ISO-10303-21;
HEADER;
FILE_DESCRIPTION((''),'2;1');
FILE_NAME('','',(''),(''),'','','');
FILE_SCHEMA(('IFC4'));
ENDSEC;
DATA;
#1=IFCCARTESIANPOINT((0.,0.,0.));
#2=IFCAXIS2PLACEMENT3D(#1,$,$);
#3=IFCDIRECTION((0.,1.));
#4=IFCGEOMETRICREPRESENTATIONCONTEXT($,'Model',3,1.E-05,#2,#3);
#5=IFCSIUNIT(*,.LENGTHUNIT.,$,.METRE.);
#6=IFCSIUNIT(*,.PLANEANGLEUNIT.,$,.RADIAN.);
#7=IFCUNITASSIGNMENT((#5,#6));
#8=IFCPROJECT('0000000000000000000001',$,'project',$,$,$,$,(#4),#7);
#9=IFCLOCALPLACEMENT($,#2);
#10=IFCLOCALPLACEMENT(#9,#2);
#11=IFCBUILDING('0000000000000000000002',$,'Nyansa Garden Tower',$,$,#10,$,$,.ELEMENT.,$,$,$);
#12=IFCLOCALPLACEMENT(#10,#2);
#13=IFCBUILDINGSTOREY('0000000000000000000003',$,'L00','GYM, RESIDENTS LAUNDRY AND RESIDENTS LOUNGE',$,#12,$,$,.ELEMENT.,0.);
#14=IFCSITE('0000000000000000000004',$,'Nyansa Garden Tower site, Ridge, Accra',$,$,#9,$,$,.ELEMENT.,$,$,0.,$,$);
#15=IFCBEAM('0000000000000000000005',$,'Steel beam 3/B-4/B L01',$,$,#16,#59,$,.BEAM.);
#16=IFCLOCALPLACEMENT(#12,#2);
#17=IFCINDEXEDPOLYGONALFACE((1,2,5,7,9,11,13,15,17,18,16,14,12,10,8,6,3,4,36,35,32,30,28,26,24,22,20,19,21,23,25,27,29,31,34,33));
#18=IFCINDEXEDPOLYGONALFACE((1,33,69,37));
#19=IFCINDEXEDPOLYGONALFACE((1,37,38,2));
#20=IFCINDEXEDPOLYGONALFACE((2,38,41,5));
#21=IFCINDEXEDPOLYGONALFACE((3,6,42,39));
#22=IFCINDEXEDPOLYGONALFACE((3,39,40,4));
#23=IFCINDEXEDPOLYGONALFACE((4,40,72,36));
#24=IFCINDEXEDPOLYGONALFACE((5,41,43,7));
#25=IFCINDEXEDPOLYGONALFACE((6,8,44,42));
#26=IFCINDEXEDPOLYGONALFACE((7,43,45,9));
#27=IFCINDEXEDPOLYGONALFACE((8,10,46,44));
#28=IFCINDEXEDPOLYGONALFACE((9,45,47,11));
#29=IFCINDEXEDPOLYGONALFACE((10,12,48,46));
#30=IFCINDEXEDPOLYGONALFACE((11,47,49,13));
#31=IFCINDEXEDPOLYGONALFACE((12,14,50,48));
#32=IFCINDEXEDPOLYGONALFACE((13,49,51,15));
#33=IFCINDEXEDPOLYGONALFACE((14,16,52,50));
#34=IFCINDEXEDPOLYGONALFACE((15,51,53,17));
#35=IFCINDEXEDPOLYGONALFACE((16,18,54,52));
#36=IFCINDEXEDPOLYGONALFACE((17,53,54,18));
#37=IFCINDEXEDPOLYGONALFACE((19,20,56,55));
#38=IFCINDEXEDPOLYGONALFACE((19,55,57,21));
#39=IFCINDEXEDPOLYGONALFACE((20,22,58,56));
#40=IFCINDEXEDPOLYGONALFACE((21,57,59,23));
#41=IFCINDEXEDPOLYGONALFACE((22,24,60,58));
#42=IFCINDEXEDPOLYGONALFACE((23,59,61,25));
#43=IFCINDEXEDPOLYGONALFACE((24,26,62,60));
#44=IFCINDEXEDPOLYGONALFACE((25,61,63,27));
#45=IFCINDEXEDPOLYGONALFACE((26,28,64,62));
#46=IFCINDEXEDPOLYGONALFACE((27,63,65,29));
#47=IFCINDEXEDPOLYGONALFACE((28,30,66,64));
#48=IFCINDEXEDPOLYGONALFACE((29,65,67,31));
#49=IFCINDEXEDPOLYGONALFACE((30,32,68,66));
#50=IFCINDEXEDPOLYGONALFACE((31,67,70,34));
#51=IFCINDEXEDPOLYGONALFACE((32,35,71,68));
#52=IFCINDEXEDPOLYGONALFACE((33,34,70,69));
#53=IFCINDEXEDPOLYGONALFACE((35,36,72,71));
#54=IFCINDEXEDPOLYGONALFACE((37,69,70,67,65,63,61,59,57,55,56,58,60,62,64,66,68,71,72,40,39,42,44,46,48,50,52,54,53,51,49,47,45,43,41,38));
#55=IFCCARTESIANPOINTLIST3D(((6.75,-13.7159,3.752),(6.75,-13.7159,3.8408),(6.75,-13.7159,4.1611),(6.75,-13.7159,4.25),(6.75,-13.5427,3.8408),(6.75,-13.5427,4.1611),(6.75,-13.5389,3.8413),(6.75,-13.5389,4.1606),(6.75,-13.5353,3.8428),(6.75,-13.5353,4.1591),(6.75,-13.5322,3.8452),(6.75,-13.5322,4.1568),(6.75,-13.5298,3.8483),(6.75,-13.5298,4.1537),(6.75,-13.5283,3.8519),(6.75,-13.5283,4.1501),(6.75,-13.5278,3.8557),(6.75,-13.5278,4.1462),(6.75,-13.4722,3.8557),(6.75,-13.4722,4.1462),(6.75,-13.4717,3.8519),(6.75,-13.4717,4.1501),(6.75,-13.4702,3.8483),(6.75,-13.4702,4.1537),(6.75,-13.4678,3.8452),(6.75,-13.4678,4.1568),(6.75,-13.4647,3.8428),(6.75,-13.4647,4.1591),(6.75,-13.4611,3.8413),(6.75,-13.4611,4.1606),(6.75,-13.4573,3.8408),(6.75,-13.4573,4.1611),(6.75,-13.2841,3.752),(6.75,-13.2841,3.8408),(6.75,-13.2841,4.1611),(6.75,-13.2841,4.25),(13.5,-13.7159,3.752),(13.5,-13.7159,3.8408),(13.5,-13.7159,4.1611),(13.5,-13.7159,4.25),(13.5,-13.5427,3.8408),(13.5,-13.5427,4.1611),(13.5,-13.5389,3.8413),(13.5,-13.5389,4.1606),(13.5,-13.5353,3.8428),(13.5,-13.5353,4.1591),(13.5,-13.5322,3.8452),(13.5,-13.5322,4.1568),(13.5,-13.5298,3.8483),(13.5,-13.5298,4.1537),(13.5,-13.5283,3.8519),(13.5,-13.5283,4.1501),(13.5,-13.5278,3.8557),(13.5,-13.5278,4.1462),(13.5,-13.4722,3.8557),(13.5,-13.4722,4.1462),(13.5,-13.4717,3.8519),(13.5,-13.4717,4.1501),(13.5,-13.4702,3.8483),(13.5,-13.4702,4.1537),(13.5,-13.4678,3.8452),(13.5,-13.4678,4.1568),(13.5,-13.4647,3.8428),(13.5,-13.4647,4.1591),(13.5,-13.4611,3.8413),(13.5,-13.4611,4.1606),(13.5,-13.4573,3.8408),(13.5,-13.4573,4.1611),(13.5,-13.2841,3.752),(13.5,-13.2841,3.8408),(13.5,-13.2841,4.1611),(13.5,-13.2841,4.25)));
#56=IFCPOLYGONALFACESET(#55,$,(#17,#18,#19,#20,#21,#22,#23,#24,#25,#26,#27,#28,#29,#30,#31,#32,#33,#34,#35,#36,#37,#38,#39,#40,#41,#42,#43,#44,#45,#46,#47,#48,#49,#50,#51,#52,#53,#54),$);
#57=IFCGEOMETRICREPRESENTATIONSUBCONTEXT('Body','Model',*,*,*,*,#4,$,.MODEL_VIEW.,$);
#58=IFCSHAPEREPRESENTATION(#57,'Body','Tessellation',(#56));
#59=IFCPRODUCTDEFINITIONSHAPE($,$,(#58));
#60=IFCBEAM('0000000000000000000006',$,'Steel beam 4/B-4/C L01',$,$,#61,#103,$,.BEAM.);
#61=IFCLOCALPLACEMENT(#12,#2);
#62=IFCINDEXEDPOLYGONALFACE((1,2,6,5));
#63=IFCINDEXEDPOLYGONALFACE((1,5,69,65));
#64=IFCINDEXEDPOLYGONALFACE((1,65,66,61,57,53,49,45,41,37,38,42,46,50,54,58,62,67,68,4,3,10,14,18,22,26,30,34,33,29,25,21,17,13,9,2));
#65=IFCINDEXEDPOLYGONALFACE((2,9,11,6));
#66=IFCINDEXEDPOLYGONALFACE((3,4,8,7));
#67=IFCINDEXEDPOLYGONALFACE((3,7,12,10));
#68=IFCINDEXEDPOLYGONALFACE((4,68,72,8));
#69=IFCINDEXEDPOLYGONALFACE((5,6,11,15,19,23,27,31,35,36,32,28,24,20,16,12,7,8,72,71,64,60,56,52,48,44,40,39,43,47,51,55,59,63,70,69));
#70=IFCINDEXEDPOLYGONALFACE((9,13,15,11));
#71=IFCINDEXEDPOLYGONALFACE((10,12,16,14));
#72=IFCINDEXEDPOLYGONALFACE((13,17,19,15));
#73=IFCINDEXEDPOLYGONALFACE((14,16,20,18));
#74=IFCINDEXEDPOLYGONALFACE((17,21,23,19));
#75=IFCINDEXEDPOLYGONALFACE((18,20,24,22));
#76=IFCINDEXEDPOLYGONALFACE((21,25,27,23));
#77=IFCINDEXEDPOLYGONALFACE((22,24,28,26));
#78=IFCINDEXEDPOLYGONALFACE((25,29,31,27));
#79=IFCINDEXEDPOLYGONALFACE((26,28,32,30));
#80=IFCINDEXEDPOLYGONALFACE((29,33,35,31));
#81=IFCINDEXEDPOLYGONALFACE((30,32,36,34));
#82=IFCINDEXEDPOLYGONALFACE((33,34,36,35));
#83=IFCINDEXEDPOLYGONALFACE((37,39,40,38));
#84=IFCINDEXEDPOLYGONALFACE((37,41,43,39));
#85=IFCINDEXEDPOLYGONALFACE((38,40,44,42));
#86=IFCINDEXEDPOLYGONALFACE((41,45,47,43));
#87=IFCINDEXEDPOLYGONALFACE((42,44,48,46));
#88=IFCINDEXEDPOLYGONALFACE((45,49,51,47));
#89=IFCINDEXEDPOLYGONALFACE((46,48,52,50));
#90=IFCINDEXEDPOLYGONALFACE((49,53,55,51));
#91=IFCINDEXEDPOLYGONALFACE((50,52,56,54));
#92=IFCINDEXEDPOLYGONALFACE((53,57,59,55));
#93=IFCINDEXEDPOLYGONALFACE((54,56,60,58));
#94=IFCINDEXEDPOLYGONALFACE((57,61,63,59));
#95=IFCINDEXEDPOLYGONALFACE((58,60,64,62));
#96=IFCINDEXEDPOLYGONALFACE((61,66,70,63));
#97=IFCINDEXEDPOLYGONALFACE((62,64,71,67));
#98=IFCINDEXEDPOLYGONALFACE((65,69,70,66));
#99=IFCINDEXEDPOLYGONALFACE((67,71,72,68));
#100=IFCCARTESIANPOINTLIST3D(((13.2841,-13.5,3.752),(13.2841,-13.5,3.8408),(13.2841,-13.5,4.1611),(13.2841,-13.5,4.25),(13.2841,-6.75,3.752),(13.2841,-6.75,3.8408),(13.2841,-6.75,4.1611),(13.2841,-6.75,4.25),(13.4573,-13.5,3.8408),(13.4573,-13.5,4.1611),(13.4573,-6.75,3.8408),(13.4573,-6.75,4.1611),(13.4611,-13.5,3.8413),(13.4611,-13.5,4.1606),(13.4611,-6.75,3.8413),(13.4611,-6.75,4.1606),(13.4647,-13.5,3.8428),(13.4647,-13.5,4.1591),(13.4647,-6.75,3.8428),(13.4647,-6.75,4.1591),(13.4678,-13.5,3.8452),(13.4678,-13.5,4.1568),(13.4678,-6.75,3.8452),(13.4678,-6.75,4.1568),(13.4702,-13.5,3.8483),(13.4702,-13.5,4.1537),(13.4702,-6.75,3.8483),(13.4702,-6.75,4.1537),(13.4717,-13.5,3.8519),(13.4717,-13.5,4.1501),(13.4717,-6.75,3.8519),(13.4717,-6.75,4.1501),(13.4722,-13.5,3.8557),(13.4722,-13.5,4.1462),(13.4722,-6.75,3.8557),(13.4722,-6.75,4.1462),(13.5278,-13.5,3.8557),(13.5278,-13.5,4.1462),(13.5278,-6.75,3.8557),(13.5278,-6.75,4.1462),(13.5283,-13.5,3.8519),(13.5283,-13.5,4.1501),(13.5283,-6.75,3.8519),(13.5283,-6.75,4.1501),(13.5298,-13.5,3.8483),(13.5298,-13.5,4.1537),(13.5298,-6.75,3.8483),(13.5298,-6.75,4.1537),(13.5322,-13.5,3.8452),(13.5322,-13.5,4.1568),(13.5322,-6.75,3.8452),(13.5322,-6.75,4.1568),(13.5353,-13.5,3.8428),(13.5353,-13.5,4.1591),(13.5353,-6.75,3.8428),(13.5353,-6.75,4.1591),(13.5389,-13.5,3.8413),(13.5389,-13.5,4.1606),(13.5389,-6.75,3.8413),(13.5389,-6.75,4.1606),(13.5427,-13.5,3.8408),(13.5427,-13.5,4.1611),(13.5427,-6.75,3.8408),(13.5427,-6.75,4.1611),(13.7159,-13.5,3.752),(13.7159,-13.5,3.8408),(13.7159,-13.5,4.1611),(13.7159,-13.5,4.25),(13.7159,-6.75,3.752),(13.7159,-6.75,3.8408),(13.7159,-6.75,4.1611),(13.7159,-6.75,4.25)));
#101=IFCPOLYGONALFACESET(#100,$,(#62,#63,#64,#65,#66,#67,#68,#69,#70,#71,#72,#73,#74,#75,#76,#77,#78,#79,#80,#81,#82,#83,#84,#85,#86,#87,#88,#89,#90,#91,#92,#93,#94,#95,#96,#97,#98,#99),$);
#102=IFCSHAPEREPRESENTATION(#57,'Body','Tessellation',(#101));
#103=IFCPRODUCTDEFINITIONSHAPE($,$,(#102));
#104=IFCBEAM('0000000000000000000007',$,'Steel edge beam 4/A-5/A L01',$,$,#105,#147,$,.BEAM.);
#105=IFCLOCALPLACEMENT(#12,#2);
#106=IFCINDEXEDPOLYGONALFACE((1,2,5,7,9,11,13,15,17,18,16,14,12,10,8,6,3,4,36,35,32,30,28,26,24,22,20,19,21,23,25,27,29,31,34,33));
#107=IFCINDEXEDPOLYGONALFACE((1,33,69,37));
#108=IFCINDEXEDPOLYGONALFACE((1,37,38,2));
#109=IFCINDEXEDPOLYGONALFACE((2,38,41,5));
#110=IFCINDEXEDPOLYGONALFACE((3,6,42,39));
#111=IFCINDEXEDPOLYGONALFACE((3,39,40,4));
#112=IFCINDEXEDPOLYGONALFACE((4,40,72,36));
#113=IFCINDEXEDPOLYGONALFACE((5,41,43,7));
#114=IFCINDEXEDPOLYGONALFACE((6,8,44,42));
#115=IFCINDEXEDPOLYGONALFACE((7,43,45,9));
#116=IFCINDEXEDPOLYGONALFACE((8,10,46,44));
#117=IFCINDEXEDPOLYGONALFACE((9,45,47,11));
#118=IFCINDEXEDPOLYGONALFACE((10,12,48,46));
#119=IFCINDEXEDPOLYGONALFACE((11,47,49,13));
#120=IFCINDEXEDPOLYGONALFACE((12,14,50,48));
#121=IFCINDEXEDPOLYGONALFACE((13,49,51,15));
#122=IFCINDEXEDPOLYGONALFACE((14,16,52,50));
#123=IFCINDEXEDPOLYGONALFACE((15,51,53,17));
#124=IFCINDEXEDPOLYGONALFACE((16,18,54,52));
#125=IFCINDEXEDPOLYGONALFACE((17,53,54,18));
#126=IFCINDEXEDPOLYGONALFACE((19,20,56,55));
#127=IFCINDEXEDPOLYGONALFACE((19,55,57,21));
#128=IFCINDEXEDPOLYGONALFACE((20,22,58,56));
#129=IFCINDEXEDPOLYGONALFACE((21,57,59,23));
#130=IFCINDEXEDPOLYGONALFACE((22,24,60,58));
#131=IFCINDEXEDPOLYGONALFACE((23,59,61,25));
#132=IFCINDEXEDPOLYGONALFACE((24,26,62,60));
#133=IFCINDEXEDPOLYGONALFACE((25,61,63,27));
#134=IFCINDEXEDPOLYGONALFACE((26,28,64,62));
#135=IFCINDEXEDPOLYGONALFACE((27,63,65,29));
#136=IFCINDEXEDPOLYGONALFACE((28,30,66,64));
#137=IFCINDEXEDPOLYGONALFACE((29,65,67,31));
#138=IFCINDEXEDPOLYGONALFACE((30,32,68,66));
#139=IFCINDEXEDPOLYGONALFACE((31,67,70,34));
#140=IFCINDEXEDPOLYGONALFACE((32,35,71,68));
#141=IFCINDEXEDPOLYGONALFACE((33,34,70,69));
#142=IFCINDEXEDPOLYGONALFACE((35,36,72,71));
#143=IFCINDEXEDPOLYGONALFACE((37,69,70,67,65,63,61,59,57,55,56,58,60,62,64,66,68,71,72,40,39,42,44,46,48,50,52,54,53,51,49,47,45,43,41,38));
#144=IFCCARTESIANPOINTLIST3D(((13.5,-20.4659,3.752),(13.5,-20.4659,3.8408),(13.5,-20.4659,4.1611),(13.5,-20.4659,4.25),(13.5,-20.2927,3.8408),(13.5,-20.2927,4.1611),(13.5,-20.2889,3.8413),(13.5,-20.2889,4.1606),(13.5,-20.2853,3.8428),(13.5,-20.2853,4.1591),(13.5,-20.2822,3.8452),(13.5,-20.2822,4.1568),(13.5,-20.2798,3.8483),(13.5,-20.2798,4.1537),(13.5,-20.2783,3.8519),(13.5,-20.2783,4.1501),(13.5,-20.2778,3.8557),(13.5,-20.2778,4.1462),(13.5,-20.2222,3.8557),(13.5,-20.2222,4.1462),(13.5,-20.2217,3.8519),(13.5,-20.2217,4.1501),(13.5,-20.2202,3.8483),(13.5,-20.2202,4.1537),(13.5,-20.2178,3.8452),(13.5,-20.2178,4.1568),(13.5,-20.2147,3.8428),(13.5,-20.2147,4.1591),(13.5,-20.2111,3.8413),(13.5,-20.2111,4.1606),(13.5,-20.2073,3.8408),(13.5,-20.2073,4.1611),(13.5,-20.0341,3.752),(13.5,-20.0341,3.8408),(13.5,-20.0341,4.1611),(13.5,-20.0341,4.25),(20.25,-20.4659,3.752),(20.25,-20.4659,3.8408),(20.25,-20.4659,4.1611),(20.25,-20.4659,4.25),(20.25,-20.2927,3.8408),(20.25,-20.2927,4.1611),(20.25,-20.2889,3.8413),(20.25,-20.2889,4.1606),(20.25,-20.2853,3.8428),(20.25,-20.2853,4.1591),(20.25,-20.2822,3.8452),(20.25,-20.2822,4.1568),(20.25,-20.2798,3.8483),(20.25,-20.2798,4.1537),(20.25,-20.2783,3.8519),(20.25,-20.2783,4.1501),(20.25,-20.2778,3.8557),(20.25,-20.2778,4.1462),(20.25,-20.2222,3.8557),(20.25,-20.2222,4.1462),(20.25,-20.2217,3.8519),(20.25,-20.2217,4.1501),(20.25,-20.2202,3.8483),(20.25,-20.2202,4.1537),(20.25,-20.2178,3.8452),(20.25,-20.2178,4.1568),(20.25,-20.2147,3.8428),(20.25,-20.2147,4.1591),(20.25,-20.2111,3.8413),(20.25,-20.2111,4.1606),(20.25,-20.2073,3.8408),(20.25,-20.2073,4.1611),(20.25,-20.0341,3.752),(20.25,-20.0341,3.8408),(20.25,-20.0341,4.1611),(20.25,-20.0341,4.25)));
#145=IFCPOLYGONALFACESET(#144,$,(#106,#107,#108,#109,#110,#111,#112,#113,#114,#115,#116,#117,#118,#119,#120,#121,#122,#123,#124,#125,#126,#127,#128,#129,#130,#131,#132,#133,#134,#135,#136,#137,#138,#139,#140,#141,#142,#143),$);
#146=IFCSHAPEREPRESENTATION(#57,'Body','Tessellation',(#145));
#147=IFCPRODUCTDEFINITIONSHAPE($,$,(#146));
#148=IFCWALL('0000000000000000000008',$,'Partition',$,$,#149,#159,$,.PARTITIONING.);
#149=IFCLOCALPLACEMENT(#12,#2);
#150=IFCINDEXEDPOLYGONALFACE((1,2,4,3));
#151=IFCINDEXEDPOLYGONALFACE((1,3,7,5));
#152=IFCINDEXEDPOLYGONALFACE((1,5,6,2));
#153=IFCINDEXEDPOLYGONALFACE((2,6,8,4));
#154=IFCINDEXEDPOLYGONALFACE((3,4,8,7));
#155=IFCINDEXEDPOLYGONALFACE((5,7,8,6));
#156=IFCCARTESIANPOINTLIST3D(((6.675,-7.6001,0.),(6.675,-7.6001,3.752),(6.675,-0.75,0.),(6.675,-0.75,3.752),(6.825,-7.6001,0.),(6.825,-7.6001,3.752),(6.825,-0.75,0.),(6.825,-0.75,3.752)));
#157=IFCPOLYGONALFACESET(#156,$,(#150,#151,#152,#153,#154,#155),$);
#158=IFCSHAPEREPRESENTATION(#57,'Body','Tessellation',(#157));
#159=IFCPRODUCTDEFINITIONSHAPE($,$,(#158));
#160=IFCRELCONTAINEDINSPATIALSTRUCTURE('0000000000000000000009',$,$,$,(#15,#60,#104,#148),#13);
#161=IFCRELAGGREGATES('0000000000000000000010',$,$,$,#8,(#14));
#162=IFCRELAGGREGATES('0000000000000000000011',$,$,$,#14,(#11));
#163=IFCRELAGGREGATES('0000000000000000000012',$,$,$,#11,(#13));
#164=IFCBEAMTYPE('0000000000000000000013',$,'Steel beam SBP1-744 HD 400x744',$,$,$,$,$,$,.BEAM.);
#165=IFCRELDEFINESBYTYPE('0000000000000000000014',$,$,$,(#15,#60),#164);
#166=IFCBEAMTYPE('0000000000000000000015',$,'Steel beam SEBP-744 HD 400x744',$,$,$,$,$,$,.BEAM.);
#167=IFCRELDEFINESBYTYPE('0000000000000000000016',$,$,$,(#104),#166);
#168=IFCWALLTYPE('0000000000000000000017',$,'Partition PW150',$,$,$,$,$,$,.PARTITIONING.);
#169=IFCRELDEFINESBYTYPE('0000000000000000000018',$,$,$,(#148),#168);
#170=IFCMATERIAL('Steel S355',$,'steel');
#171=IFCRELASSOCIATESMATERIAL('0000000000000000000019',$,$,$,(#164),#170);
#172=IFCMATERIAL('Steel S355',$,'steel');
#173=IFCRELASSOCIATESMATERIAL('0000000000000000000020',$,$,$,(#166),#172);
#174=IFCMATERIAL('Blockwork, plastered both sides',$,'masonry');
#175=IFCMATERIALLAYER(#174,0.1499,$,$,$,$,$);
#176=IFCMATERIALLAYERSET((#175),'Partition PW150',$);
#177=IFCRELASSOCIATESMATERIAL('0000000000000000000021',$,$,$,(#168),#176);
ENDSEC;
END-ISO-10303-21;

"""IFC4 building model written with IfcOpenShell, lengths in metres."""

from ifc_helpers import new_model, si_unit, direction, frame, frame_2d, origin, origin_2d, place, context, subcontext, project, spatial, rectangle, i_section, extrude, material, layer, layer_set, material_profile, profile_set, type_object, element, save


model = new_model("IFC4")

# Units and contexts
model_context = context("Model", 3, precision=1e-05, world=origin(), true_north=direction((0.0, 1.0)))
body_context = subcontext(model_context, "Body", "Model", "MODEL_VIEW")
ifc_project = project(units=[si_unit("LENGTHUNIT", "METRE"), si_unit("PLANEANGLEUNIT", "RADIAN")], contexts=[model_context])

# Site, building, storey
site_placement = place(None, origin())
site = spatial("IfcSite", under=ifc_project, at=site_placement, Name="Nyansa Garden Tower site, Ridge, Accra", CompositionType="ELEMENT", RefElevation=0.0)
building_placement = place(site_placement, origin())
building = spatial("IfcBuilding", under=site, at=building_placement, Name="Nyansa Garden Tower", CompositionType="ELEMENT")
storey_placement = place(building_placement, origin())
storey = spatial("IfcBuildingStorey", under=building, at=storey_placement, Name="L00", Description="GYM, RESIDENTS LAUNDRY AND RESIDENTS LOUNGE", CompositionType="ELEMENT", Elevation=0.0)

# Beams
ifc_material_1 = material(Name="Steel S355", Category="steel")
ifc_material_profile_1 = material_profile(ifc_material_1, i_section(OverallWidth=0.4319, OverallDepth=0.498, WebThickness=0.0557, FlangeThickness=0.0889, FilletRadius=0.0149, at=origin_2d()), Name="HD 400x744")
ifc_profile_set_1 = profile_set([ifc_material_profile_1], Name="Steel S355")
beam_type_1 = type_object("IfcBeamType", Name="Steel beam SBP1-744 HD 400x744", PredefinedType="BEAM", material=ifc_profile_set_1)
for number, where, z_axis, x_axis, name in (
    (1, (6.75, -13.5, 4.001), (1.0, 0.0, 0.0), (0.0, 1.0, 0.0), "Steel beam 3/B-4/B L01"),
    (2, (13.5, -13.5, 4.001), (0.0, 1.0, 0.0), (-1.0, 0.0, 0.0), "Steel beam 4/B-4/C L01"),
):
    element("IfcBeam", number, at=place(storey_placement, frame(where, z_axis=z_axis, x_axis=x_axis)), inside=storey, type_object=beam_type_1, Name=name, PredefinedType="BEAM", context=body_context, shape_type="SweptSolid", body=[
        extrude(i_section(OverallWidth=0.4319, OverallDepth=0.498, WebThickness=0.0557, FlangeThickness=0.0889, FilletRadius=0.0149, at=origin_2d()), origin(), (0.0, 0.0, 1.0), 6.75),
    ])
ifc_material_2 = material(Name="Steel S355", Category="steel")
ifc_material_profile_2 = material_profile(ifc_material_2, i_section(OverallWidth=0.4319, OverallDepth=0.498, WebThickness=0.0557, FlangeThickness=0.0889, FilletRadius=0.0149, at=origin_2d()), Name="HD 400x744")
ifc_profile_set_2 = profile_set([ifc_material_profile_2], Name="Steel S355")
beam_type_2 = type_object("IfcBeamType", Name="Steel beam SEBP-744 HD 400x744", PredefinedType="BEAM", material=ifc_profile_set_2)
beam_placement = place(storey_placement, frame((13.5, -20.25, 4.001), z_axis=(1.0, 0.0, 0.0), x_axis=(0.0, 1.0, 0.0)))
element("IfcBeam", 3, at=beam_placement, inside=storey, type_object=beam_type_2, Name="Steel edge beam 4/A-5/A L01", PredefinedType="BEAM", context=body_context, shape_type="SweptSolid", body=[
    extrude(i_section(OverallWidth=0.4319, OverallDepth=0.498, WebThickness=0.0557, FlangeThickness=0.0889, FilletRadius=0.0149, at=origin_2d()), origin(), (0.0, 0.0, 1.0), 6.75),
])

# Wall
ifc_material_3 = material(Name="Blockwork, plastered both sides", Category="masonry")
ifc_layer = layer(ifc_material_3, 0.1499)
ifc_layer_set = layer_set([ifc_layer], Name="Partition PW150")
wall_type = type_object("IfcWallType", Name="Partition PW150", PredefinedType="PARTITIONING", material=ifc_layer_set)
wall_placement = place(storey_placement, frame((6.75, -7.6001, 0.0), z_axis=(0.0, 0.0, 1.0), x_axis=(0.0, 1.0, 0.0)))
element("IfcWall", 4, at=wall_placement, inside=storey, type_object=wall_type, Name="Partition", PredefinedType="PARTITIONING", context=body_context, shape_type="SweptSolid", body=[
    extrude(rectangle(XDim=6.8501, YDim=0.1499, at=frame_2d((3.425, 0.0))), origin(), (0.0, 0.0, 1.0), 3.752),
])

save(model, "model.ifc")
